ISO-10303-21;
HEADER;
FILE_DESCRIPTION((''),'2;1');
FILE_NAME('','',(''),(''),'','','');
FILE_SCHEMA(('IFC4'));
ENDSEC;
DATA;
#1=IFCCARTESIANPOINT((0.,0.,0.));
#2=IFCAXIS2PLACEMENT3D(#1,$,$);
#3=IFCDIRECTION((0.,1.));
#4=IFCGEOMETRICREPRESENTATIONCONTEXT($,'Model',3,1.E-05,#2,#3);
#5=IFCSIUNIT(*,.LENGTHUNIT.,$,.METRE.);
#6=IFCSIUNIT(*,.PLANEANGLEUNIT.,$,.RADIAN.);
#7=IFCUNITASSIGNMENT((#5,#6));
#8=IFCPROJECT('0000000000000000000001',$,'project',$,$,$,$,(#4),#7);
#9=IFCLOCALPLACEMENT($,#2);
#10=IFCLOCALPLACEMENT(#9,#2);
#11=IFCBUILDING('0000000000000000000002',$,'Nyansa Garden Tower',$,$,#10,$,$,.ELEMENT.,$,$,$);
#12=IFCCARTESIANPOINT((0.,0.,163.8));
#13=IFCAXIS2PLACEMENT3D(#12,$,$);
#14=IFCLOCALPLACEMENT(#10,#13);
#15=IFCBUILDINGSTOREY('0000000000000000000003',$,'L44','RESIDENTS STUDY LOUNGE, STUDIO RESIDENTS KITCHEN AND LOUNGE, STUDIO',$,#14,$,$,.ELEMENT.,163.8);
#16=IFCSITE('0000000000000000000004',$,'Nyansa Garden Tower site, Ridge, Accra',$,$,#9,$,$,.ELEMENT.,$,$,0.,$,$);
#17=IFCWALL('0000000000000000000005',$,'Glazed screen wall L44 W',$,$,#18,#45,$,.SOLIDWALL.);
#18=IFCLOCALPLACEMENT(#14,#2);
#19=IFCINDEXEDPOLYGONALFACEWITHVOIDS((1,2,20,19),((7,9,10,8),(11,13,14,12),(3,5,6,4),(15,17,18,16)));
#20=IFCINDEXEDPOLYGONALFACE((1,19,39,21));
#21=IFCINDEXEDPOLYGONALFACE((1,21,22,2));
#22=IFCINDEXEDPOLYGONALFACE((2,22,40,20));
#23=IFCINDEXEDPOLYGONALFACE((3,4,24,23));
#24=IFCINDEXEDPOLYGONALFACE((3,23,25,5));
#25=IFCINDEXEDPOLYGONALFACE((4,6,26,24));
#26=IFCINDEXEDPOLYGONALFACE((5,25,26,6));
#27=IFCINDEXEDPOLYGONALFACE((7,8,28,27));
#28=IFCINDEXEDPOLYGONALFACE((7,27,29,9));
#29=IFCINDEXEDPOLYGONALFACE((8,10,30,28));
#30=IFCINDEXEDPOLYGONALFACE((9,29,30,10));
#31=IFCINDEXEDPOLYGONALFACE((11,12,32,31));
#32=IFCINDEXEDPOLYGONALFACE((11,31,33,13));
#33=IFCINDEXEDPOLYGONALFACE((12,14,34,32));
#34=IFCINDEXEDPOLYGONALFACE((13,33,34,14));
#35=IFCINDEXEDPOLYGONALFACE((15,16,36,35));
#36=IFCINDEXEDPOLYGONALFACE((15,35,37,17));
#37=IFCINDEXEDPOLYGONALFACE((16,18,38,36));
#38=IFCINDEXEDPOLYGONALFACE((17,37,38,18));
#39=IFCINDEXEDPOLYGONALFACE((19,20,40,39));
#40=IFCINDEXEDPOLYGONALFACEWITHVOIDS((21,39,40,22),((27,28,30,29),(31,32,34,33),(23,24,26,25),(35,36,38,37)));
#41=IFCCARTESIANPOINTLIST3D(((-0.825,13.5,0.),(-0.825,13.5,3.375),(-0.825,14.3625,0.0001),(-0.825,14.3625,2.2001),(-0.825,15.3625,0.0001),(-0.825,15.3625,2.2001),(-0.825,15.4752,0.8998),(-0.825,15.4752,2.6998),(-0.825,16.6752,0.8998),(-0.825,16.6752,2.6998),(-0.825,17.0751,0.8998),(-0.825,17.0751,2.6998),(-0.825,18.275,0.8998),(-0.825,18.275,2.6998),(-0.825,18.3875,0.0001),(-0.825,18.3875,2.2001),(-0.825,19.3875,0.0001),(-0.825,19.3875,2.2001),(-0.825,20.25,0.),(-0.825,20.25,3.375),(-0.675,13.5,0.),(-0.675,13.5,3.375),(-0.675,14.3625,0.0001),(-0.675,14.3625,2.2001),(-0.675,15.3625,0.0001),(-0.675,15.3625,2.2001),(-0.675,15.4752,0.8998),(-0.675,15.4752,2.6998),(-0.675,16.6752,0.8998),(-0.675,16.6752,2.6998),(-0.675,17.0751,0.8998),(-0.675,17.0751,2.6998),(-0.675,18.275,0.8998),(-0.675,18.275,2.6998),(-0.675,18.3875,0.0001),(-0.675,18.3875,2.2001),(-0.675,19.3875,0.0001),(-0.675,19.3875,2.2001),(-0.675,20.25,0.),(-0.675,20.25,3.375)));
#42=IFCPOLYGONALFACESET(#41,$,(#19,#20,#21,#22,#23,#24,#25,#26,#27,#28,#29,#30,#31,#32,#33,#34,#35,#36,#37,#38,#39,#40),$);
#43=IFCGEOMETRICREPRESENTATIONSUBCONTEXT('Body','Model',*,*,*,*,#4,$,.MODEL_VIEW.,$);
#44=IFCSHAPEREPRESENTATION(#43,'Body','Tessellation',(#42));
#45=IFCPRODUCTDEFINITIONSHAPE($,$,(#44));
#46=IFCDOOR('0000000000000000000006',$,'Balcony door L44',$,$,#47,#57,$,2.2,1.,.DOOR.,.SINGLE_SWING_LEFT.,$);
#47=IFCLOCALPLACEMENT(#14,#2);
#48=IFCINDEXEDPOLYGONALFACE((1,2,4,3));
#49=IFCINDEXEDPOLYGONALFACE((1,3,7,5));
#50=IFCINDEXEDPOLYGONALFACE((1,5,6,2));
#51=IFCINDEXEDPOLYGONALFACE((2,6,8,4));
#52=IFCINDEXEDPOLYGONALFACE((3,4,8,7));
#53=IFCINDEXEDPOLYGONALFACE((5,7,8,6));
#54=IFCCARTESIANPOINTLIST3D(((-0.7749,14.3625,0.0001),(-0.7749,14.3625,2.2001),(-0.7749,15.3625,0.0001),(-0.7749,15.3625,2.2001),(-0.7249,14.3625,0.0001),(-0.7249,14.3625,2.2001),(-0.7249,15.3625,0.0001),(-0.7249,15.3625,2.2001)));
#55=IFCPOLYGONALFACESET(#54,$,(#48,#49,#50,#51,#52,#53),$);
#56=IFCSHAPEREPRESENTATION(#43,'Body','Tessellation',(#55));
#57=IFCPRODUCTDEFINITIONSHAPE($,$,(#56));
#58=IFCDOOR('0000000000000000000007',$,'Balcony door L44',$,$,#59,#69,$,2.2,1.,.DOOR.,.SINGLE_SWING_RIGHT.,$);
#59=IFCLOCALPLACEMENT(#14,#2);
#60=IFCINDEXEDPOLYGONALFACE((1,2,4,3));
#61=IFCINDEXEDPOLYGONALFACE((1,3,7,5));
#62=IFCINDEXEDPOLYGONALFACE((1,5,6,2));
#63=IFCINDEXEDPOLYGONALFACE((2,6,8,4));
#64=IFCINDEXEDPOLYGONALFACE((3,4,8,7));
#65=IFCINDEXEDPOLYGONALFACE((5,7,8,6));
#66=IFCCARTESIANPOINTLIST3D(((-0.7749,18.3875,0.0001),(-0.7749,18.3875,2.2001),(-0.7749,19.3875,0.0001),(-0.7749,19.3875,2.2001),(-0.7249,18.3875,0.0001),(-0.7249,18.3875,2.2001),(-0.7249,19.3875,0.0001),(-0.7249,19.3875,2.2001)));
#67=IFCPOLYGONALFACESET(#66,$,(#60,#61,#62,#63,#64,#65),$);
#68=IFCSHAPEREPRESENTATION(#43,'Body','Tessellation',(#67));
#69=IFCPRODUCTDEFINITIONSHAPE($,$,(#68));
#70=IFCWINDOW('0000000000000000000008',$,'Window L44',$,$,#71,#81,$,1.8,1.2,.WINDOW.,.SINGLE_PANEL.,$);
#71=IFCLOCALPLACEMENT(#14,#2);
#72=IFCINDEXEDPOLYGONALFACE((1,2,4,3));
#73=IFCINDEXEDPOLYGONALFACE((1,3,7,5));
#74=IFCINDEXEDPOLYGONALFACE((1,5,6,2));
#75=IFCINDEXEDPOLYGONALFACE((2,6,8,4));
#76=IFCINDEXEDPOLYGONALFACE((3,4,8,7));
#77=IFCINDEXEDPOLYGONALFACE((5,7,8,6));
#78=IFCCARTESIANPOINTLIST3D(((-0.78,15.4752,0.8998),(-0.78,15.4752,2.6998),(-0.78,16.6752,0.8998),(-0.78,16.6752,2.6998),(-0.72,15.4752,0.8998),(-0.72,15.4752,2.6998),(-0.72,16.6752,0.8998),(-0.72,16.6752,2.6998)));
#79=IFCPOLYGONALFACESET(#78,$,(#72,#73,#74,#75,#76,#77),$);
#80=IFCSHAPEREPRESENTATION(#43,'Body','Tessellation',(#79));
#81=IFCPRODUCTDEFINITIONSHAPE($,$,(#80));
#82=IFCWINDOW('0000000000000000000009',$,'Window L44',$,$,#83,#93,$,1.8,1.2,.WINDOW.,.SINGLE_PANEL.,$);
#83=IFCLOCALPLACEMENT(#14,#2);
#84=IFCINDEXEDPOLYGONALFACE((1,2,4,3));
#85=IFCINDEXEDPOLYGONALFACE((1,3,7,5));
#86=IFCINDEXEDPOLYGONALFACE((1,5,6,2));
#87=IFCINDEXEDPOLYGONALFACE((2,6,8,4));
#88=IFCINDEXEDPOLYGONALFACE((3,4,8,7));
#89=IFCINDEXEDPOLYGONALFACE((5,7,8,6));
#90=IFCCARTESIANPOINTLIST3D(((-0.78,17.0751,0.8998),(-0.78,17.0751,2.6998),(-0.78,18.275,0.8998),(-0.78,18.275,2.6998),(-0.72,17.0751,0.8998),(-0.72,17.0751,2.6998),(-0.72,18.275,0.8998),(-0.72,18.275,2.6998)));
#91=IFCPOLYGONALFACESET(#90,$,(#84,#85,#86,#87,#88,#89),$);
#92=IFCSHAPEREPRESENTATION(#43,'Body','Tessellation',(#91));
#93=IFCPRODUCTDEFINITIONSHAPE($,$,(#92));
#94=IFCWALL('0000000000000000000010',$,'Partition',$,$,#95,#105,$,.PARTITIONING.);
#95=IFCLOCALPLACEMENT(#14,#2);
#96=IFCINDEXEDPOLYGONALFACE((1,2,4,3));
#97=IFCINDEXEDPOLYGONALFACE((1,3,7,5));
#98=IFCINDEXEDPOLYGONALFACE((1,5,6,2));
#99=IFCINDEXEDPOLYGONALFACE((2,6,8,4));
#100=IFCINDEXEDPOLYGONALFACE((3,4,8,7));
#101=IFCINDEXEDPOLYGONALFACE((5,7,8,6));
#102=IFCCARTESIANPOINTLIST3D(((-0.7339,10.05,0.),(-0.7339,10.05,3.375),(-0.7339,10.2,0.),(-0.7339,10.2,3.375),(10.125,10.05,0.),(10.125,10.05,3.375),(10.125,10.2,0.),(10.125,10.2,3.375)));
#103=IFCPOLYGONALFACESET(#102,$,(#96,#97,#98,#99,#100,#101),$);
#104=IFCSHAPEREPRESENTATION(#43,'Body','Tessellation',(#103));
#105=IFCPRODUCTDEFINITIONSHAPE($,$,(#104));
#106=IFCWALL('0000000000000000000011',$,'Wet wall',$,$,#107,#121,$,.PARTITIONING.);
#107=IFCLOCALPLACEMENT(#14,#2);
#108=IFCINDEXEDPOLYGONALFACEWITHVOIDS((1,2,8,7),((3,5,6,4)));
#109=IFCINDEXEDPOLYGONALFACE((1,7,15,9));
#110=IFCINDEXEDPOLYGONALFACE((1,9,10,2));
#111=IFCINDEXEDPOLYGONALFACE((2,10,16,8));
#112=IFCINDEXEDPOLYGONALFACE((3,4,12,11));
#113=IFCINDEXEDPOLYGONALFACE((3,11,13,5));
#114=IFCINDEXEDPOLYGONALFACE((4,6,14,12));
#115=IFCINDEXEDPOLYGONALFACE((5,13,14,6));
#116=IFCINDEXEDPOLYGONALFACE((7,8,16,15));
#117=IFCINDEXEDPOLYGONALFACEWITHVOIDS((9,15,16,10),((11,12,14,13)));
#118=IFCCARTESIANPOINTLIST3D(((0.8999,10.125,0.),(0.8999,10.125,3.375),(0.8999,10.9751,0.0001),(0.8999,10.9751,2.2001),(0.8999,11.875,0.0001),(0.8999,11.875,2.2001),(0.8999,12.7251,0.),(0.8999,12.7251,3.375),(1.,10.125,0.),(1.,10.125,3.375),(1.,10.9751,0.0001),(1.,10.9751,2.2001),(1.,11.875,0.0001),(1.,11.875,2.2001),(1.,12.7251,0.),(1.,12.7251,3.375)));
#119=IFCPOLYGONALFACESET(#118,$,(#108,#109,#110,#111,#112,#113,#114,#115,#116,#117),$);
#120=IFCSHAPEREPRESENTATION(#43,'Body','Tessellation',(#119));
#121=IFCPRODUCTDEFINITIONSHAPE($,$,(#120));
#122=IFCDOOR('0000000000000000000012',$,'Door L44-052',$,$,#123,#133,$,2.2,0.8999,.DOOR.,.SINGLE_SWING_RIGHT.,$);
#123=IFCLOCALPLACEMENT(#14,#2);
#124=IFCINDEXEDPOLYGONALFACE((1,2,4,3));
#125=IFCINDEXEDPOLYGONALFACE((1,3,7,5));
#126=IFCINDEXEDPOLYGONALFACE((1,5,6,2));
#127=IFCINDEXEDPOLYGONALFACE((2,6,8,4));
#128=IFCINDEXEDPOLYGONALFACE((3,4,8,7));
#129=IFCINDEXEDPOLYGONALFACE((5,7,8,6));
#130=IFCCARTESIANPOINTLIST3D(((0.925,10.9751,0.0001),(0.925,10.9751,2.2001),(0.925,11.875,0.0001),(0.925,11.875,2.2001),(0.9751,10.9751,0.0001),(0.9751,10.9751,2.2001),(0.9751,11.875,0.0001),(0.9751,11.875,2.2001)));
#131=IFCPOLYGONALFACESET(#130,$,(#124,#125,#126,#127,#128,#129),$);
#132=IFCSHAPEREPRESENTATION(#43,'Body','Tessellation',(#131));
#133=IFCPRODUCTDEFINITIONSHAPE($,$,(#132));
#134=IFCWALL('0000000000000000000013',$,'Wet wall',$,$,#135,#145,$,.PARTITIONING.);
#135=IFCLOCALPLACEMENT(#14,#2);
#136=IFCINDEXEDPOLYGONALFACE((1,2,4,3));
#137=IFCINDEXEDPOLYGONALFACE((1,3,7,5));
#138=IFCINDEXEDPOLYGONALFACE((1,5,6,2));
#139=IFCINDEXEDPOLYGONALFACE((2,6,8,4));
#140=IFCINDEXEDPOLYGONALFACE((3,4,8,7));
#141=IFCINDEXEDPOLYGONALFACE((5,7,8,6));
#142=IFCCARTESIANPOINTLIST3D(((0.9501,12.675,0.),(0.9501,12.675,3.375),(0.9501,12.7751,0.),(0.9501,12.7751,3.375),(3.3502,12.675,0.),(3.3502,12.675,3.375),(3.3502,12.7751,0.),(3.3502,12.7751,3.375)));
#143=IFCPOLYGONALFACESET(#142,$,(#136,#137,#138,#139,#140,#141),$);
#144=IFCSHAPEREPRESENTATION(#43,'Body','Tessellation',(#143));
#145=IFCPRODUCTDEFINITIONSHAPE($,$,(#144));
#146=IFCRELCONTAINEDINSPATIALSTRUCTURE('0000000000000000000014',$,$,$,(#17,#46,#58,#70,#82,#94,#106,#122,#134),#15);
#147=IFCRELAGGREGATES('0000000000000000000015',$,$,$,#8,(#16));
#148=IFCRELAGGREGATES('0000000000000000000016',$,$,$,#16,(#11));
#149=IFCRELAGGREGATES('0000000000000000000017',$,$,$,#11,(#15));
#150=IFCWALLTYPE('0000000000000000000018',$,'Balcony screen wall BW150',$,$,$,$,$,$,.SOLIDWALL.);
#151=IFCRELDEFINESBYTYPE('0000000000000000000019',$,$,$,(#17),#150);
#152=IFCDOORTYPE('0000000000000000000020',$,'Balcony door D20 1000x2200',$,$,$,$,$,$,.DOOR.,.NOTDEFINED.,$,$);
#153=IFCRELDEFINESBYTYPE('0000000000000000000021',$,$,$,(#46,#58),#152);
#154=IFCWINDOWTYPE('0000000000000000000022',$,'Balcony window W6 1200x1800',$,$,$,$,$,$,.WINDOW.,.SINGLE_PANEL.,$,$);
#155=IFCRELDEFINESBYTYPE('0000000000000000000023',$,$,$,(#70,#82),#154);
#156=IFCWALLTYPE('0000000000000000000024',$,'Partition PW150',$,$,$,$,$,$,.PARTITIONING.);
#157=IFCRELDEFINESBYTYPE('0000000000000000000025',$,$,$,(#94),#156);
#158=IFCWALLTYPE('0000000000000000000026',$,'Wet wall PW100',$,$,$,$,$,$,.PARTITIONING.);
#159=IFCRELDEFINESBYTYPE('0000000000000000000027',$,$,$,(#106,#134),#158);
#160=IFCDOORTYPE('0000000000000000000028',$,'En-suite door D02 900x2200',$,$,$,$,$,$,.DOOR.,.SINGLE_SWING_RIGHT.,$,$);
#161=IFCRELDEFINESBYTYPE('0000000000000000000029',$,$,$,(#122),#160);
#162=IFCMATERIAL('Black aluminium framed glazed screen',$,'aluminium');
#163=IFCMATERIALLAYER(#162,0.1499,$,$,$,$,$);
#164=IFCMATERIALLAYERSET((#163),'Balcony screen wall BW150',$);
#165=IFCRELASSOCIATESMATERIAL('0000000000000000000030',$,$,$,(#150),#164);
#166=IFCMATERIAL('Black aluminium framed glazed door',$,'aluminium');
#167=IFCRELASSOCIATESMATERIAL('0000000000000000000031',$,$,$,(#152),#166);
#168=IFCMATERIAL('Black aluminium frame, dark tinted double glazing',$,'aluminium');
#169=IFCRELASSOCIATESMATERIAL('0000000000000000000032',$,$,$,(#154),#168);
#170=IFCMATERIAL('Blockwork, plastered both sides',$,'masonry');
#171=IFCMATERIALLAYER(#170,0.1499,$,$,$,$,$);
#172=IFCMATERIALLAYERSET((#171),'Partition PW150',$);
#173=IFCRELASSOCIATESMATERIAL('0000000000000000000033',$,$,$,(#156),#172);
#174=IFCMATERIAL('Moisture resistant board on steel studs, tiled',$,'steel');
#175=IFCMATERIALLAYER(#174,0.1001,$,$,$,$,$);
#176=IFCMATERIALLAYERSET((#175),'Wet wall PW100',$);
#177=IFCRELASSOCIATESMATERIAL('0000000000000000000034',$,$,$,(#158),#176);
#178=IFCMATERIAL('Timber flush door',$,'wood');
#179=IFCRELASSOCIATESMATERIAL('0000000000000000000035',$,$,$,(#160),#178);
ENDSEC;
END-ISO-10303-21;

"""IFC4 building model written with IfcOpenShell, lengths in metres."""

from ifc_helpers import new_model, si_unit, direction, frame, frame_2d, origin, place, context, subcontext, project, spatial, rectangle, extrude, material, layer, layer_set, type_object, element, fill, save


model = new_model("IFC4")

# Units and contexts
model_context = context("Model", 3, precision=1e-05, world=origin(), true_north=direction((0.0, 1.0)))
body_context = subcontext(model_context, "Body", "Model", "MODEL_VIEW")
ifc_project = project(units=[si_unit("LENGTHUNIT", "METRE"), si_unit("PLANEANGLEUNIT", "RADIAN")], contexts=[model_context])

# Site, building, storey
site_placement = place(None, origin())
site = spatial("IfcSite", under=ifc_project, at=site_placement, Name="Nyansa Garden Tower site, Ridge, Accra", CompositionType="ELEMENT", RefElevation=0.0)
building_placement = place(site_placement, origin())
building = spatial("IfcBuilding", under=site, at=building_placement, Name="Nyansa Garden Tower", CompositionType="ELEMENT")
storey_placement = place(building_placement, frame((0.0, 0.0, 163.8)))
storey = spatial("IfcBuildingStorey", under=building, at=storey_placement, Name="L44", Description="RESIDENTS STUDY LOUNGE, STUDIO RESIDENTS KITCHEN AND LOUNGE, STUDIO", CompositionType="ELEMENT", Elevation=163.8)

# Wall, openings, doors, windows
ifc_material_1 = material(Name="Black aluminium framed glazed screen", Category="aluminium")
ifc_layer_1 = layer(ifc_material_1, 0.1499)
ifc_layer_set_1 = layer_set([ifc_layer_1], Name="Balcony screen wall BW150")
wall_type_1 = type_object("IfcWallType", Name="Balcony screen wall BW150", PredefinedType="SOLIDWALL", material=ifc_layer_set_1)
wall_1_placement = place(storey_placement, frame((-0.75, 13.5, 0.0), z_axis=(0.0, 0.0, 1.0), x_axis=(0.0, 1.0, 0.0)))
wall_1 = element("IfcWall", 1, at=wall_1_placement, inside=storey, type_object=wall_type_1, Name="Glazed screen wall L44 W", PredefinedType="SOLIDWALL", context=body_context, shape_type="SweptSolid", body=[
    extrude(rectangle(XDim=6.75, YDim=0.1499, at=frame_2d((3.375, 0.0))), origin(), (0.0, 0.0, 1.0), 3.375),
])
opening_1_placement = place(wall_1_placement, frame((0.8625, 0.0, 0.0)))
opening_1 = element("IfcOpeningElement", 2, at=opening_1_placement, cuts=wall_1, PredefinedType="OPENING", context=body_context, shape_type="SweptSolid", body=[
    extrude(rectangle(XDim=1.0, YDim=2.2, at=frame_2d((0.5, 1.1001))), frame((0.0, 0.085, 0.0), z_axis=(0.0, -1.0, 0.0), x_axis=(1.0, 0.0, 0.0)), (0.0, 0.0, 1.0), 0.1699),
])
opening_2_placement = place(wall_1_placement, frame((1.9751, 0.0, 0.8999)))
opening_2 = element("IfcOpeningElement", 3, at=opening_2_placement, cuts=wall_1, PredefinedType="OPENING", context=body_context, shape_type="SweptSolid", body=[
    extrude(rectangle(XDim=1.2, YDim=1.8, at=frame_2d((0.6001, 0.8999))), frame((0.0, 0.085, 0.0), z_axis=(0.0, -1.0, 0.0), x_axis=(1.0, 0.0, 0.0)), (0.0, 0.0, 1.0), 0.1699),
])
opening_3_placement = place(wall_1_placement, frame((4.8875, 0.0, 0.0)))
opening_3 = element("IfcOpeningElement", 4, at=opening_3_placement, cuts=wall_1, PredefinedType="OPENING", context=body_context, shape_type="SweptSolid", body=[
    extrude(rectangle(XDim=1.0, YDim=2.2, at=frame_2d((0.5, 1.1001))), frame((0.0, 0.085, 0.0), z_axis=(0.0, -1.0, 0.0), x_axis=(1.0, 0.0, 0.0)), (0.0, 0.0, 1.0), 0.1699),
])
opening_4_placement = place(wall_1_placement, frame((3.575, 0.0, 0.8999)))
opening_4 = element("IfcOpeningElement", 5, at=opening_4_placement, cuts=wall_1, PredefinedType="OPENING", context=body_context, shape_type="SweptSolid", body=[
    extrude(rectangle(XDim=1.2, YDim=1.8, at=frame_2d((0.6001, 0.8999))), frame((0.0, 0.085, 0.0), z_axis=(0.0, -1.0, 0.0), x_axis=(1.0, 0.0, 0.0)), (0.0, 0.0, 1.0), 0.1699),
])
ifc_material_2 = material(Name="Black aluminium framed glazed door", Category="aluminium")
door_type_1 = type_object("IfcDoorType", Name="Balcony door D20 1000x2200", OperationType="NOTDEFINED", PredefinedType="DOOR", material=ifc_material_2)
door_1_placement = place(opening_1_placement, origin())
door_1 = element("IfcDoor", 6, at=door_1_placement, inside=storey, type_object=door_type_1, Name="Balcony door L44", OperationType="SINGLE_SWING_LEFT", OverallHeight=2.2, OverallWidth=1.0, PredefinedType="DOOR", context=body_context, shape_type="SweptSolid", body=[
    extrude(rectangle(XDim=1.0, YDim=2.2, at=frame_2d((0.5, 1.1001))), frame((0.0, 0.0249, 0.0), z_axis=(0.0, -1.0, 0.0), x_axis=(1.0, 0.0, 0.0)), (0.0, 0.0, 1.0), 0.05),
])
fill(opening_1, door_1)
door_2_placement = place(opening_3_placement, origin())
door_2 = element("IfcDoor", 7, at=door_2_placement, inside=storey, type_object=door_type_1, Name="Balcony door L44", OperationType="SINGLE_SWING_RIGHT", OverallHeight=2.2, OverallWidth=1.0, PredefinedType="DOOR", context=body_context, shape_type="SweptSolid", body=[
    extrude(rectangle(XDim=1.0, YDim=2.2, at=frame_2d((0.5, 1.1001))), frame((0.0, 0.0249, 0.0), z_axis=(0.0, -1.0, 0.0), x_axis=(1.0, 0.0, 0.0)), (0.0, 0.0, 1.0), 0.05),
])
fill(opening_3, door_2)
ifc_material_3 = material(Name="Black aluminium frame, dark tinted double glazing", Category="aluminium")
window_type = type_object("IfcWindowType", Name="Balcony window W6 1200x1800", PartitioningType="SINGLE_PANEL", PredefinedType="WINDOW", material=ifc_material_3)
window_1_placement = place(opening_2_placement, origin())
window_1 = element("IfcWindow", 8, at=window_1_placement, inside=storey, type_object=window_type, Name="Window L44", OverallHeight=1.8, OverallWidth=1.2, PartitioningType="SINGLE_PANEL", PredefinedType="WINDOW", context=body_context, shape_type="SweptSolid", body=[
    extrude(rectangle(XDim=1.2, YDim=1.8, at=frame_2d((0.6001, 0.8999))), frame((0.0, 0.03, 0.0), z_axis=(0.0, -1.0, 0.0), x_axis=(1.0, 0.0, 0.0)), (0.0, 0.0, 1.0), 0.0601),
])
fill(opening_2, window_1)
window_2_placement = place(opening_4_placement, origin())
window_2 = element("IfcWindow", 9, at=window_2_placement, inside=storey, type_object=window_type, Name="Window L44", OverallHeight=1.8, OverallWidth=1.2, PartitioningType="SINGLE_PANEL", PredefinedType="WINDOW", context=body_context, shape_type="SweptSolid", body=[
    extrude(rectangle(XDim=1.2, YDim=1.8, at=frame_2d((0.6001, 0.8999))), frame((0.0, 0.03, 0.0), z_axis=(0.0, -1.0, 0.0), x_axis=(1.0, 0.0, 0.0)), (0.0, 0.0, 1.0), 0.0601),
])
fill(opening_4, window_2)

# Wall
ifc_material_4 = material(Name="Blockwork, plastered both sides", Category="masonry")
ifc_layer_2 = layer(ifc_material_4, 0.1499)
ifc_layer_set_2 = layer_set([ifc_layer_2], Name="Partition PW150")
wall_type_2 = type_object("IfcWallType", Name="Partition PW150", PredefinedType="PARTITIONING", material=ifc_layer_set_2)
wall_2_placement = place(storey_placement, frame((-0.7339, 10.125, 0.0), z_axis=(0.0, 0.0, 1.0), x_axis=(1.0, 0.0, 0.0)))
element("IfcWall", 10, at=wall_2_placement, inside=storey, type_object=wall_type_2, Name="Partition", PredefinedType="PARTITIONING", context=body_context, shape_type="SweptSolid", body=[
    extrude(rectangle(XDim=10.8589, YDim=0.1499, at=frame_2d((5.4294, 0.0))), origin(), (0.0, 0.0, 1.0), 3.375),
])

# Wall, opening, door
ifc_material_5 = material(Name="Moisture resistant board on steel studs, tiled", Category="steel")
ifc_layer_3 = layer(ifc_material_5, 0.1001)
ifc_layer_set_3 = layer_set([ifc_layer_3], Name="Wet wall PW100")
wall_type_3 = type_object("IfcWallType", Name="Wet wall PW100", PredefinedType="PARTITIONING", material=ifc_layer_set_3)
wall_3_placement = place(storey_placement, frame((0.95, 10.125, 0.0), z_axis=(0.0, 0.0, 1.0), x_axis=(0.0, 1.0, 0.0)))
wall_3 = element("IfcWall", 11, at=wall_3_placement, inside=storey, type_object=wall_type_3, Name="Wet wall", PredefinedType="PARTITIONING", context=body_context, shape_type="SweptSolid", body=[
    extrude(rectangle(XDim=2.6001, YDim=0.1001, at=frame_2d((1.3, 0.0))), origin(), (0.0, 0.0, 1.0), 3.375),
])
opening_5_placement = place(wall_3_placement, frame((0.8501, 0.0, 0.0)))
opening_5 = element("IfcOpeningElement", 12, at=opening_5_placement, cuts=wall_3, PredefinedType="OPENING", context=body_context, shape_type="SweptSolid", body=[
    extrude(rectangle(XDim=0.8999, YDim=2.2, at=frame_2d((0.45, 1.1001))), frame((0.0, 0.0601, 0.0), z_axis=(0.0, -1.0, 0.0), x_axis=(1.0, 0.0, 0.0)), (0.0, 0.0, 1.0), 0.1201),
])
ifc_material_6 = material(Name="Timber flush door", Category="wood")
door_type_2 = type_object("IfcDoorType", Name="En-suite door D02 900x2200", OperationType="SINGLE_SWING_RIGHT", PredefinedType="DOOR", material=ifc_material_6)
door_3_placement = place(opening_5_placement, origin())
door_3 = element("IfcDoor", 13, at=door_3_placement, inside=storey, type_object=door_type_2, Name="Door L44-052", OperationType="SINGLE_SWING_RIGHT", OverallHeight=2.2, OverallWidth=0.8999, PredefinedType="DOOR", context=body_context, shape_type="SweptSolid", body=[
    extrude(rectangle(XDim=0.8999, YDim=2.2, at=frame_2d((0.45, 1.1001))), frame((0.0, 0.0249, 0.0), z_axis=(0.0, -1.0, 0.0), x_axis=(1.0, 0.0, 0.0)), (0.0, 0.0, 1.0), 0.05),
])
fill(opening_5, door_3)

# Wall
wall_4_placement = place(storey_placement, frame((0.95, 12.7251, 0.0), z_axis=(0.0, 0.0, 1.0), x_axis=(1.0, 0.0, 0.0)))
element("IfcWall", 14, at=wall_4_placement, inside=storey, type_object=wall_type_3, Name="Wet wall", PredefinedType="PARTITIONING", context=body_context, shape_type="SweptSolid", body=[
    extrude(rectangle(XDim=2.4001, YDim=0.1001, at=frame_2d((1.2002, 0.0))), origin(), (0.0, 0.0, 1.0), 3.375),
])

save(model, "model.ifc")
